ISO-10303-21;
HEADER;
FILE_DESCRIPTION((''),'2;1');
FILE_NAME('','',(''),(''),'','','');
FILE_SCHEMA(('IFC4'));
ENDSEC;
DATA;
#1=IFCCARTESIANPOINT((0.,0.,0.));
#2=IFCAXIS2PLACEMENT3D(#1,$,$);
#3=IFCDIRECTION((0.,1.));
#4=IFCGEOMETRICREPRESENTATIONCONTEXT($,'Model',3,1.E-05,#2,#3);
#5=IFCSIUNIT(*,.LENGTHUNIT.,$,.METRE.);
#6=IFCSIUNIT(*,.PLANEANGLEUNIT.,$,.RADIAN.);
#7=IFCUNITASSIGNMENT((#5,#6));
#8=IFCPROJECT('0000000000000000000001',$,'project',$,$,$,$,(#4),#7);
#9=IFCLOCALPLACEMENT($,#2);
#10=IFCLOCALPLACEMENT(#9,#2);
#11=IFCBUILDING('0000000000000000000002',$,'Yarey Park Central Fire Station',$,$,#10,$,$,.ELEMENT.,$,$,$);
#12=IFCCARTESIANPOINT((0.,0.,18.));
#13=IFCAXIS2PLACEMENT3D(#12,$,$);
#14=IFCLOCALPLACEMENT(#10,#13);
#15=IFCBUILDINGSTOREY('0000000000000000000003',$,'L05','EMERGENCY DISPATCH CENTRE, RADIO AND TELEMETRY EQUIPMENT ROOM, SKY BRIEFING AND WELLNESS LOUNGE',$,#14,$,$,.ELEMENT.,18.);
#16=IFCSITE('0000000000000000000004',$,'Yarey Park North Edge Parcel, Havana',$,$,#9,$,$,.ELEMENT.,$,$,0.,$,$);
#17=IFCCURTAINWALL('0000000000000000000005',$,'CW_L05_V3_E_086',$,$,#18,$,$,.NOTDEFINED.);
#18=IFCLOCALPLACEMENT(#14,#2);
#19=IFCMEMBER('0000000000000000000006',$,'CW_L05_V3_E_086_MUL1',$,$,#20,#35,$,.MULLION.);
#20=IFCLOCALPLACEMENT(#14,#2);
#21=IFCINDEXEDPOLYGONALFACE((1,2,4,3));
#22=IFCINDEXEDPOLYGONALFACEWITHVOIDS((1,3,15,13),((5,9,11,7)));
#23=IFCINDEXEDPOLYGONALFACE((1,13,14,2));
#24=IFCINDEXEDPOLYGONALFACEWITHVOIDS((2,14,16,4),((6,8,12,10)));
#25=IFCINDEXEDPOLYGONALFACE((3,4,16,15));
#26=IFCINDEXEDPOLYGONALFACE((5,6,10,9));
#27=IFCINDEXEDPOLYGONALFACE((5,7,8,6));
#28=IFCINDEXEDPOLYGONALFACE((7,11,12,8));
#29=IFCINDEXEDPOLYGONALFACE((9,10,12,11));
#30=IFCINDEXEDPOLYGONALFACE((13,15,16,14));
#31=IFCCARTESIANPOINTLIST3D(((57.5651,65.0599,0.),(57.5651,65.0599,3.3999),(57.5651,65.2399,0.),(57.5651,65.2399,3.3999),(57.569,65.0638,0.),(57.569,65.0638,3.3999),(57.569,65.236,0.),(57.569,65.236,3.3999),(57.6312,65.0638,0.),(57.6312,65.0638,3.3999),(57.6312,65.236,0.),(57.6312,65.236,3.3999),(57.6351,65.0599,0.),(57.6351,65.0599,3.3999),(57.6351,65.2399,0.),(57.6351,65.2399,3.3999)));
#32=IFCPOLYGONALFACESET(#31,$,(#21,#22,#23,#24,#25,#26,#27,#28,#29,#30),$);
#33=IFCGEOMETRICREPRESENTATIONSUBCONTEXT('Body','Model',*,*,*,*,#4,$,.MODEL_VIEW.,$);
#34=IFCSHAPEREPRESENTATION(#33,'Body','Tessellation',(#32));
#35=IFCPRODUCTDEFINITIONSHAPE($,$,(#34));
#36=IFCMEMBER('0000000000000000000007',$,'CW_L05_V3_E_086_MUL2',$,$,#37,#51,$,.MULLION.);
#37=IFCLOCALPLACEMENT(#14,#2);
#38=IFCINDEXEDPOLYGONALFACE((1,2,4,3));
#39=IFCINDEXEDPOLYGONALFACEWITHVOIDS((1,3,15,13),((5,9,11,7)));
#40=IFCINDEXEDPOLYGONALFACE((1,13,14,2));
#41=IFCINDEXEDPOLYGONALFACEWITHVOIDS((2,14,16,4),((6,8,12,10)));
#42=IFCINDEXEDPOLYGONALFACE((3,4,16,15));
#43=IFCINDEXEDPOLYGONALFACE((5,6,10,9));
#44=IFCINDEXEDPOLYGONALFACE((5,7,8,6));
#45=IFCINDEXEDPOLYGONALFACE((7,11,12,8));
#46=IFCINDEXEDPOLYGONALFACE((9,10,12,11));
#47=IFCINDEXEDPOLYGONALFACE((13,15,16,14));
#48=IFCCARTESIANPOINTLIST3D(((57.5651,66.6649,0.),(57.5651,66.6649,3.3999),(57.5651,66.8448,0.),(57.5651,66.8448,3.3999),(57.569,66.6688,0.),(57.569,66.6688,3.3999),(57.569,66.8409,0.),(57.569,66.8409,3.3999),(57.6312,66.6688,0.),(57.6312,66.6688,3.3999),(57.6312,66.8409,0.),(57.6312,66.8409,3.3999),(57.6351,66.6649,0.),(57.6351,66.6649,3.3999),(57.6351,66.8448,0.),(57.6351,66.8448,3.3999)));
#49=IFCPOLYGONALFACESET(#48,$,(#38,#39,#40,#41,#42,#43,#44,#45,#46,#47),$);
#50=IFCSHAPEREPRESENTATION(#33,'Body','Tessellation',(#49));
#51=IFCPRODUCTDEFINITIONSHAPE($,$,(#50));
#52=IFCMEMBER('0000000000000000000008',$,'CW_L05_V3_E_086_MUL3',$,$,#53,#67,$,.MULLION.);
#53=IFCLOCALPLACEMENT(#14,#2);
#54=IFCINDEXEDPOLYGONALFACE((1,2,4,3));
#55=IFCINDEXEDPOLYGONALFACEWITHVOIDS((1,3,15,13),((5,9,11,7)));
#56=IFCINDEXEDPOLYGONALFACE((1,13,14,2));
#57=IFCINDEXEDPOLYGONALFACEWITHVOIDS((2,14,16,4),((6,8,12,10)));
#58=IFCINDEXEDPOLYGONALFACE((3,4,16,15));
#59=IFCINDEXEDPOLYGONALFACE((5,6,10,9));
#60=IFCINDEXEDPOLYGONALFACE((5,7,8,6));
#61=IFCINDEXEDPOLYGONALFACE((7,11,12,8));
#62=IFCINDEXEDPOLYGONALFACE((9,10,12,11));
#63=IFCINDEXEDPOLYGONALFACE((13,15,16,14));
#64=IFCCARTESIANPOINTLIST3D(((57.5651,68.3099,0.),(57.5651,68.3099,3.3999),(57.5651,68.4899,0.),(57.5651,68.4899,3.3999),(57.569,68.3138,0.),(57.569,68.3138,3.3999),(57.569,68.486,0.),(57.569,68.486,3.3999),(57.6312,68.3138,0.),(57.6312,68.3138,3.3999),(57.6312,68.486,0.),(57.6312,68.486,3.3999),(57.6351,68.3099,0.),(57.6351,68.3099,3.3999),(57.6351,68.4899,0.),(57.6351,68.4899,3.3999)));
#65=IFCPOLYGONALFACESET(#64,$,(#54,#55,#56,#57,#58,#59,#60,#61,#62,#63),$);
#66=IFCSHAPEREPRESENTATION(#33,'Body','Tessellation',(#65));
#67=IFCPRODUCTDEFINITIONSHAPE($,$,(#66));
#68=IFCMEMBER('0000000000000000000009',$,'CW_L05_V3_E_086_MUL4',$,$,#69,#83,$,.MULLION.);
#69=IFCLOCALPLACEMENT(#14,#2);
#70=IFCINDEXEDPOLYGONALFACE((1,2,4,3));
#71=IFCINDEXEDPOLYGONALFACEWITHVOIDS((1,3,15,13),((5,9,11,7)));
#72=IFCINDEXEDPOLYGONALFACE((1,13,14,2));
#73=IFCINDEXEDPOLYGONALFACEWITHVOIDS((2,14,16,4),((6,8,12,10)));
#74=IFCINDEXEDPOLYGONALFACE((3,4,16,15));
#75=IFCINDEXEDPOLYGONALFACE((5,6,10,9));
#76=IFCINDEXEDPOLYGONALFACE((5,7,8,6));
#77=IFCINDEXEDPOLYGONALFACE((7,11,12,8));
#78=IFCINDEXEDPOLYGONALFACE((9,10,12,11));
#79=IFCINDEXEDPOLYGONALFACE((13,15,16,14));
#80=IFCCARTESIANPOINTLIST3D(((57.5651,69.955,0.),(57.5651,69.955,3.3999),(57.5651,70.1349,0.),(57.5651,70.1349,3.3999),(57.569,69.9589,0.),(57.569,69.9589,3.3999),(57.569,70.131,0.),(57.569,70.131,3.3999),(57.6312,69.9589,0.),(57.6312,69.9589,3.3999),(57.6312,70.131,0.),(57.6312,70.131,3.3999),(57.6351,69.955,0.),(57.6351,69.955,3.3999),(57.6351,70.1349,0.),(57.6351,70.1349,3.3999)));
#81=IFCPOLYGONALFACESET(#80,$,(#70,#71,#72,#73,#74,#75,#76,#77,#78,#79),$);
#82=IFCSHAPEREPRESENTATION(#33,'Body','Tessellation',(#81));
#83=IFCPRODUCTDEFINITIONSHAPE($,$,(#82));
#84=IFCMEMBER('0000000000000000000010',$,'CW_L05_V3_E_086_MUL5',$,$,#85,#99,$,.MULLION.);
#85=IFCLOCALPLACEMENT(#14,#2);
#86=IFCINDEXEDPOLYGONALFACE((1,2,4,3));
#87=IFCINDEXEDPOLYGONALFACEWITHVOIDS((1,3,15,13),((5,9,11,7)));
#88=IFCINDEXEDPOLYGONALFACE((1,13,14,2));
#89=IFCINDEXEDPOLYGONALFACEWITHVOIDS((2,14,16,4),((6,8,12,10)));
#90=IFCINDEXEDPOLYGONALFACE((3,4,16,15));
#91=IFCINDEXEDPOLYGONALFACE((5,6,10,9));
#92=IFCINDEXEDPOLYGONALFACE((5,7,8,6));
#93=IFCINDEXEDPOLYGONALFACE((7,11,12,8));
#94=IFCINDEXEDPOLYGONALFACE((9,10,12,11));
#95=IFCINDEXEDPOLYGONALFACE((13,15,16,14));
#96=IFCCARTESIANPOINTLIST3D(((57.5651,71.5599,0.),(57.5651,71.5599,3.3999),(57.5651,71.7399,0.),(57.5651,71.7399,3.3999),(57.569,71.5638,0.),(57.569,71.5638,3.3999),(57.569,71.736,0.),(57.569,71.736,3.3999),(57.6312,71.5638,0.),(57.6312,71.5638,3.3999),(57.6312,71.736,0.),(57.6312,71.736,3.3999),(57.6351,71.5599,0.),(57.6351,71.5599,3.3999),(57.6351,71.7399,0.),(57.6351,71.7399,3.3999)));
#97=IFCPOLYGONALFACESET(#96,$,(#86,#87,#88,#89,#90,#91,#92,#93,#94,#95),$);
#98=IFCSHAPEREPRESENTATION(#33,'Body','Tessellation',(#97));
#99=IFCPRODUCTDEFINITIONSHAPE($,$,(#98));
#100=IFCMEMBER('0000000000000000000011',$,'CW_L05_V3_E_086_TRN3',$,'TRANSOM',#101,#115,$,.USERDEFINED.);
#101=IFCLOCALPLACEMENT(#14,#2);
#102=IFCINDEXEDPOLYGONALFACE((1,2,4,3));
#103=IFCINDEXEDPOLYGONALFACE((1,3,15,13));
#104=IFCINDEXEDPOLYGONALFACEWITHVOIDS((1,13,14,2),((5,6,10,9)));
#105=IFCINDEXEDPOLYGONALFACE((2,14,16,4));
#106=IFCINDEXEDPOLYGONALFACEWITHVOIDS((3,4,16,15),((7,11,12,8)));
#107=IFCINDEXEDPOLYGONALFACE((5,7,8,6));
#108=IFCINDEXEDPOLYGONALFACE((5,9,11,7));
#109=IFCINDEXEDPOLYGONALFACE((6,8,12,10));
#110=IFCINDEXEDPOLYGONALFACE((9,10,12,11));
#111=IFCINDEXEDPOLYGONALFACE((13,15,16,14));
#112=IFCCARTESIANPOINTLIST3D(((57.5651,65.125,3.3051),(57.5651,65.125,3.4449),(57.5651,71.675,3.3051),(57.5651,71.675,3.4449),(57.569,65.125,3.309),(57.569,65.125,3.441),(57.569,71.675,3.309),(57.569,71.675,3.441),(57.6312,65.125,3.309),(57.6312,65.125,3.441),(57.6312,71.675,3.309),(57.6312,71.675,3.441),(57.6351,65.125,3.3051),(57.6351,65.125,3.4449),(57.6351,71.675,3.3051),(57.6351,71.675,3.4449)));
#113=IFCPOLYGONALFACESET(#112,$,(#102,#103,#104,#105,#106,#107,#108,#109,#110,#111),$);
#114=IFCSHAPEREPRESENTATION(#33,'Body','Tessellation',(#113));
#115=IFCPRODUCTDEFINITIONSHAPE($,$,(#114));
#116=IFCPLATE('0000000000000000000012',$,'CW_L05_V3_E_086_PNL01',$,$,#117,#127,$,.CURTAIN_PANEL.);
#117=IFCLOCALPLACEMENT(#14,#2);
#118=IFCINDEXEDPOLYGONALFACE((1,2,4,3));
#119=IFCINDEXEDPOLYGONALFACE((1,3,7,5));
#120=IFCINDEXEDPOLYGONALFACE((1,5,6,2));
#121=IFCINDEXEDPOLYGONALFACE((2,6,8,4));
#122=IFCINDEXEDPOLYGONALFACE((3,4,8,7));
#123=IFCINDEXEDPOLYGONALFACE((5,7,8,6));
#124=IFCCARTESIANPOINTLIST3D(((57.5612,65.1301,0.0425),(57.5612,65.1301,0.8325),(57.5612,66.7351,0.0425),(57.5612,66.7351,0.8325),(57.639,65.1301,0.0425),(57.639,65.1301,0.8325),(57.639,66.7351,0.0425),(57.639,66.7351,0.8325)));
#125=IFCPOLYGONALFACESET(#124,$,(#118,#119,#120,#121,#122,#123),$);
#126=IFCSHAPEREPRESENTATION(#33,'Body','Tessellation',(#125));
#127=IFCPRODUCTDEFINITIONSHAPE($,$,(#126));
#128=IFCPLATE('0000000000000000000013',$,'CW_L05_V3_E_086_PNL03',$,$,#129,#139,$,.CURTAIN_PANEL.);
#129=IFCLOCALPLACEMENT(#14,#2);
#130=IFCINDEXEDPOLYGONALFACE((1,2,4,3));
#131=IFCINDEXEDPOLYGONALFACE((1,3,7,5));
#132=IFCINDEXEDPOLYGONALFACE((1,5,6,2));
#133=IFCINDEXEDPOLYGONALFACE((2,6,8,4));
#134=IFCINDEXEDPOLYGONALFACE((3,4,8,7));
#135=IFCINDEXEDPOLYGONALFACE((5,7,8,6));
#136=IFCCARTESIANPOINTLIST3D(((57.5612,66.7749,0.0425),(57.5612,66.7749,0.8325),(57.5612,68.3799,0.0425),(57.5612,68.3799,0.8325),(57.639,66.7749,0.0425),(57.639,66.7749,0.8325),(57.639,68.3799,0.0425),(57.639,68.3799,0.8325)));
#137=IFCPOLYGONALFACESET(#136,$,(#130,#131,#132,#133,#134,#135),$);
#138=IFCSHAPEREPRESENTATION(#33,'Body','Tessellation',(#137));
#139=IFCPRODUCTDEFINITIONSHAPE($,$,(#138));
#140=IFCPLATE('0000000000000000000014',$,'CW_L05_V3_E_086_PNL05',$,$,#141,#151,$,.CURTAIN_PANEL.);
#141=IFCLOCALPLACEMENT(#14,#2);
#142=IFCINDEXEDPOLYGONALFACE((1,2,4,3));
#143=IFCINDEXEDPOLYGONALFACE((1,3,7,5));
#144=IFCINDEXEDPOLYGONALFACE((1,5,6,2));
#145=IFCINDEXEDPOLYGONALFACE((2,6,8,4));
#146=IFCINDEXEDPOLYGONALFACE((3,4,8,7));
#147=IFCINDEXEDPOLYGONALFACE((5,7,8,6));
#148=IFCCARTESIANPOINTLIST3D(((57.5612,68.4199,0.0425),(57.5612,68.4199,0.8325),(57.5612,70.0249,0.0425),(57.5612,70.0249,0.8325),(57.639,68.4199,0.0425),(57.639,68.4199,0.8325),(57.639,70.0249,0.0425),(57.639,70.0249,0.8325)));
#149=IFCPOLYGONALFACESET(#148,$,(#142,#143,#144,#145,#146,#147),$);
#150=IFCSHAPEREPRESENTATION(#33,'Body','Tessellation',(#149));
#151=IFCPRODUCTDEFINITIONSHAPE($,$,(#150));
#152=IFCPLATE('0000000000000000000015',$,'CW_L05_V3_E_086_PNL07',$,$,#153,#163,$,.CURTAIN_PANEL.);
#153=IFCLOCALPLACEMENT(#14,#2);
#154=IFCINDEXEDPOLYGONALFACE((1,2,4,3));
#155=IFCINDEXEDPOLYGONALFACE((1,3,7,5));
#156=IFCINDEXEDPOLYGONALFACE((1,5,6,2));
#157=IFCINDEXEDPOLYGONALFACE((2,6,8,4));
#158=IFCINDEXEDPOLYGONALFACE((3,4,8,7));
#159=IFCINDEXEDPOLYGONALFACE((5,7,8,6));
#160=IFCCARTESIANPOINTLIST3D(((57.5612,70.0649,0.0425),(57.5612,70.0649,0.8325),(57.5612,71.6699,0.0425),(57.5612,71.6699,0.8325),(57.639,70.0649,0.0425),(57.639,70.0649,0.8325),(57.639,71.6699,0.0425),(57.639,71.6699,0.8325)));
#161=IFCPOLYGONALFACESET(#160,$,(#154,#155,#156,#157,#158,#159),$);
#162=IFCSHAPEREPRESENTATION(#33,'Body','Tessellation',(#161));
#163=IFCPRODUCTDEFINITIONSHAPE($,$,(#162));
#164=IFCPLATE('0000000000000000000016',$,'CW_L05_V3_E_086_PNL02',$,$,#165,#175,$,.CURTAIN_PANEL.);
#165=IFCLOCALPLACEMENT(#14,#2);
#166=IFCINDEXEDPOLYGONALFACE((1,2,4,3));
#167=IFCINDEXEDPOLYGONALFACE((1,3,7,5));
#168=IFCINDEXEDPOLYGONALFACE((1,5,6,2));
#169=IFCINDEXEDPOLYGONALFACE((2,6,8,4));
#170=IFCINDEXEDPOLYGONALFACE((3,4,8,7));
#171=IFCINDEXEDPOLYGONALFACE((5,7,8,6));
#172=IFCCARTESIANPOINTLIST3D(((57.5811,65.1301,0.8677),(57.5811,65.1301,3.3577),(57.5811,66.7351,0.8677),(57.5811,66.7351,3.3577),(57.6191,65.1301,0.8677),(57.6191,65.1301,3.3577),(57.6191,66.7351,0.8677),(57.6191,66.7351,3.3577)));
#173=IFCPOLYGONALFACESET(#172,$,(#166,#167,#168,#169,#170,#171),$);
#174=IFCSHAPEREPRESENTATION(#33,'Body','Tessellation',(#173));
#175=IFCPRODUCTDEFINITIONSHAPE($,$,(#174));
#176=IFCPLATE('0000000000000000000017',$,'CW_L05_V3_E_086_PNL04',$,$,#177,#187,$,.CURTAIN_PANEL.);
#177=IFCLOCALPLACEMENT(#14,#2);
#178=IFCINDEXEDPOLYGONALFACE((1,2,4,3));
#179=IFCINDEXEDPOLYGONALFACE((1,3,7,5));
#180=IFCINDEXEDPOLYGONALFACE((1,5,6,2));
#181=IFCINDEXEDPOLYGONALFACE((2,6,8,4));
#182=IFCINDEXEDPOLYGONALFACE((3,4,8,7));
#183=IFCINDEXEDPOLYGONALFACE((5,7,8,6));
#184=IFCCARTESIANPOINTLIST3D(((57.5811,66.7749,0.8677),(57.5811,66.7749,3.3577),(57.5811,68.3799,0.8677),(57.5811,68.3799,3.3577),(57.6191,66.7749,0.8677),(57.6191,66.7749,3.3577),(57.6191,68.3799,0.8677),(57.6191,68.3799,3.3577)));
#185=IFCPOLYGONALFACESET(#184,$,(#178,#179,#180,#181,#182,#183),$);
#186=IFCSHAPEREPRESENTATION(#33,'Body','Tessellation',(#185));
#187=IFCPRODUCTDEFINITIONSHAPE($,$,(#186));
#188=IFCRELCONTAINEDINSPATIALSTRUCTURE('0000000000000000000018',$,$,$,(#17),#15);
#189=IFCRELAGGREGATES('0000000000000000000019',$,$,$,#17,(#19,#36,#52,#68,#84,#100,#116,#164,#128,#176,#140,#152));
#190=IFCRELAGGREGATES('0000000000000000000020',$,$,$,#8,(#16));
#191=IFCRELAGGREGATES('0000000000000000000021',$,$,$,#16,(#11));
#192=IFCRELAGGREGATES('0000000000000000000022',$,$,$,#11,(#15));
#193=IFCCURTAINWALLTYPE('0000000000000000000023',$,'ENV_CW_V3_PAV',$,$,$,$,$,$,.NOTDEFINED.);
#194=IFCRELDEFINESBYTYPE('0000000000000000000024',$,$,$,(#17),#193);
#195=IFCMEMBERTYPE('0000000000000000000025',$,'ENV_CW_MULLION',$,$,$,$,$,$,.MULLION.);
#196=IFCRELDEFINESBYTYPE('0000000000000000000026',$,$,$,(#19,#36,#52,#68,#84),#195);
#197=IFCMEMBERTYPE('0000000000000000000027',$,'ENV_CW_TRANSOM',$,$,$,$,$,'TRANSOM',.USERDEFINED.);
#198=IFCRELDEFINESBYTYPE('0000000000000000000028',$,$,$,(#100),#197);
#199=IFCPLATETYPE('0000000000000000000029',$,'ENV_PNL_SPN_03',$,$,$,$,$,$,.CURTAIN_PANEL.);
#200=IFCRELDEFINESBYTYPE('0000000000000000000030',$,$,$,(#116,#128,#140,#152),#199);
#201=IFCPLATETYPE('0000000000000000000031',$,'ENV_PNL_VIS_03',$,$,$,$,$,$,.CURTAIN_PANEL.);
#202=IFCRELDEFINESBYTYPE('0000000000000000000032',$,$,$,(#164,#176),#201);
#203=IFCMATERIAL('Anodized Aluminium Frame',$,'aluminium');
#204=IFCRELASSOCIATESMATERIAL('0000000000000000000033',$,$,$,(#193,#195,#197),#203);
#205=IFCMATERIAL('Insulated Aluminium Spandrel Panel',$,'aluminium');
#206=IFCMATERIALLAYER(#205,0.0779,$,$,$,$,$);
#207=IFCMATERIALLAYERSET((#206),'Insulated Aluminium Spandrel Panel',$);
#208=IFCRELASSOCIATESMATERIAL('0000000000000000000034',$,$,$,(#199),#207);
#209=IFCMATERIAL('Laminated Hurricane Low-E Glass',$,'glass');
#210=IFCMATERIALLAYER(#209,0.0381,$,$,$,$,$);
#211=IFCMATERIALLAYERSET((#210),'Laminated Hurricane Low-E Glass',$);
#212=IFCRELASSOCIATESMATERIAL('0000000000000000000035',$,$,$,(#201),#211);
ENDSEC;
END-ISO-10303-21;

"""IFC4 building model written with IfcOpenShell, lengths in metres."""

from ifc_helpers import new_model, si_unit, direction, frame, origin, origin_2d, place, context, subcontext, project, spatial, rectangle, hollow_rectangle, extrude, material, layer, layer_set, material_profile, profile_set, type_object, element, aggregate, save


model = new_model("IFC4")

# Units and contexts
model_context = context("Model", 3, precision=1e-05, world=origin(), true_north=direction((0.0, 1.0)))
body_context = subcontext(model_context, "Body", "Model", "MODEL_VIEW")
ifc_project = project(units=[si_unit("LENGTHUNIT", "METRE"), si_unit("PLANEANGLEUNIT", "RADIAN")], contexts=[model_context])

# Site, building, storey
site_placement = place(None, origin())
site = spatial("IfcSite", under=ifc_project, at=site_placement, Name="Yarey Park North Edge Parcel, Havana", CompositionType="ELEMENT", RefElevation=0.0)
building_placement = place(site_placement, origin())
building = spatial("IfcBuilding", under=site, at=building_placement, Name="Yarey Park Central Fire Station", CompositionType="ELEMENT")
storey_placement = place(building_placement, frame((0.0, 0.0, 18.0)))
storey = spatial("IfcBuildingStorey", under=building, at=storey_placement, Name="L05", Description="EMERGENCY DISPATCH CENTRE, RADIO AND TELEMETRY EQUIPMENT ROOM, SKY BRIEFING AND WELLNESS LOUNGE", CompositionType="ELEMENT", Elevation=18.0)

# Curtain wall, members, plates
ifc_material_1 = material(Name="Anodized Aluminium Frame", Category="aluminium")
curtain_wall_type = type_object("IfcCurtainWallType", Name="ENV_CW_V3_PAV", PredefinedType="NOTDEFINED", material=ifc_material_1)
curtain_wall_placement = place(storey_placement, origin())
curtain_wall = element("IfcCurtainWall", 1, at=curtain_wall_placement, inside=storey, type_object=curtain_wall_type, Name="CW_L05_V3_E_086", PredefinedType="NOTDEFINED")
ifc_material_profile_1 = material_profile(ifc_material_1, hollow_rectangle(XDim=0.0701, YDim=0.1799, WallThickness=0.0039, at=origin_2d()), Name="ALU 180x70x4")
ifc_profile_set_1 = profile_set([ifc_material_profile_1], Name="Anodized Aluminium Frame")
member_type_1 = type_object("IfcMemberType", Name="ENV_CW_MULLION", PredefinedType="MULLION", material=ifc_profile_set_1)
member_1_placement = place(storey_placement, frame((57.6001, 65.1499, 0.0), z_axis=(0.0, 0.0, 1.0), x_axis=(1.0, 0.0, 0.0)))
member_1 = element("IfcMember", 2, at=member_1_placement, type_object=member_type_1, Name="CW_L05_V3_E_086_MUL1", PredefinedType="MULLION", context=body_context, shape_type="SweptSolid", body=[
    extrude(hollow_rectangle(XDim=0.0701, YDim=0.1799, WallThickness=0.0039, at=origin_2d()), origin(), (0.0, 0.0, 1.0), 3.3999),
])
member_2_placement = place(storey_placement, frame((57.6001, 66.7549, 0.0), z_axis=(0.0, 0.0, 1.0), x_axis=(1.0, 0.0, 0.0)))
member_2 = element("IfcMember", 3, at=member_2_placement, type_object=member_type_1, Name="CW_L05_V3_E_086_MUL2", PredefinedType="MULLION", context=body_context, shape_type="SweptSolid", body=[
    extrude(hollow_rectangle(XDim=0.0701, YDim=0.1799, WallThickness=0.0039, at=origin_2d()), origin(), (0.0, 0.0, 1.0), 3.3999),
])
member_3_placement = place(storey_placement, frame((57.6001, 68.3999, 0.0), z_axis=(0.0, 0.0, 1.0), x_axis=(1.0, 0.0, 0.0)))
member_3 = element("IfcMember", 4, at=member_3_placement, type_object=member_type_1, Name="CW_L05_V3_E_086_MUL3", PredefinedType="MULLION", context=body_context, shape_type="SweptSolid", body=[
    extrude(hollow_rectangle(XDim=0.0701, YDim=0.1799, WallThickness=0.0039, at=origin_2d()), origin(), (0.0, 0.0, 1.0), 3.3999),
])
member_4_placement = place(storey_placement, frame((57.6001, 70.0449, 0.0), z_axis=(0.0, 0.0, 1.0), x_axis=(1.0, 0.0, 0.0)))
member_4 = element("IfcMember", 5, at=member_4_placement, type_object=member_type_1, Name="CW_L05_V3_E_086_MUL4", PredefinedType="MULLION", context=body_context, shape_type="SweptSolid", body=[
    extrude(hollow_rectangle(XDim=0.0701, YDim=0.1799, WallThickness=0.0039, at=origin_2d()), origin(), (0.0, 0.0, 1.0), 3.3999),
])
member_5_placement = place(storey_placement, frame((57.6001, 71.6499, 0.0), z_axis=(0.0, 0.0, 1.0), x_axis=(1.0, 0.0, 0.0)))
member_5 = element("IfcMember", 6, at=member_5_placement, type_object=member_type_1, Name="CW_L05_V3_E_086_MUL5", PredefinedType="MULLION", context=body_context, shape_type="SweptSolid", body=[
    extrude(hollow_rectangle(XDim=0.0701, YDim=0.1799, WallThickness=0.0039, at=origin_2d()), origin(), (0.0, 0.0, 1.0), 3.3999),
])
ifc_material_profile_2 = material_profile(ifc_material_1, hollow_rectangle(XDim=0.0701, YDim=0.1399, WallThickness=0.0039, at=origin_2d()), Name="ALU 140x70x4")
ifc_profile_set_2 = profile_set([ifc_material_profile_2], Name="Anodized Aluminium Frame")
member_type_2 = type_object("IfcMemberType", Name="ENV_CW_TRANSOM", ElementType="TRANSOM", PredefinedType="USERDEFINED", material=ifc_profile_set_2)
member_6_placement = place(storey_placement, frame((57.6001, 65.125, 3.375), z_axis=(0.0, 1.0, 0.0), x_axis=(-1.0, 0.0, 0.0)))
member_6 = element("IfcMember", 7, at=member_6_placement, type_object=member_type_2, Name="CW_L05_V3_E_086_TRN3", ObjectType="TRANSOM", PredefinedType="USERDEFINED", context=body_context, shape_type="SweptSolid", body=[
    extrude(hollow_rectangle(XDim=0.0701, YDim=0.1399, WallThickness=0.0039, at=origin_2d()), origin(), (0.0, 0.0, 1.0), 6.55),
])
ifc_material_2 = material(Name="Insulated Aluminium Spandrel Panel", Category="aluminium")
ifc_layer_1 = layer(ifc_material_2, 0.0779)
ifc_layer_set_1 = layer_set([ifc_layer_1], Name="Insulated Aluminium Spandrel Panel")
plate_type_1 = type_object("IfcPlateType", Name="ENV_PNL_SPN_03", PredefinedType="CURTAIN_PANEL", material=ifc_layer_set_1)
plate_1_placement = place(storey_placement, frame((57.6001, 65.9326, 0.0425), z_axis=(0.0, 0.0, 1.0), x_axis=(0.0, 1.0, 0.0)))
plate_1 = element("IfcPlate", 8, at=plate_1_placement, type_object=plate_type_1, Name="CW_L05_V3_E_086_PNL01", PredefinedType="CURTAIN_PANEL", context=body_context, shape_type="SweptSolid", body=[
    extrude(rectangle(XDim=1.605, YDim=0.0779, at=origin_2d()), origin(), (0.0, 0.0, 1.0), 0.79),
])
plate_2_placement = place(storey_placement, frame((57.6001, 67.5774, 0.0425), z_axis=(0.0, 0.0, 1.0), x_axis=(0.0, 1.0, 0.0)))
plate_2 = element("IfcPlate", 9, at=plate_2_placement, type_object=plate_type_1, Name="CW_L05_V3_E_086_PNL03", PredefinedType="CURTAIN_PANEL", context=body_context, shape_type="SweptSolid", body=[
    extrude(rectangle(XDim=1.605, YDim=0.0779, at=origin_2d()), origin(), (0.0, 0.0, 1.0), 0.79),
])
plate_3_placement = place(storey_placement, frame((57.6001, 69.2224, 0.0425), z_axis=(0.0, 0.0, 1.0), x_axis=(0.0, 1.0, 0.0)))
plate_3 = element("IfcPlate", 10, at=plate_3_placement, type_object=plate_type_1, Name="CW_L05_V3_E_086_PNL05", PredefinedType="CURTAIN_PANEL", context=body_context, shape_type="SweptSolid", body=[
    extrude(rectangle(XDim=1.605, YDim=0.0779, at=origin_2d()), origin(), (0.0, 0.0, 1.0), 0.79),
])
plate_4_placement = place(storey_placement, frame((57.6001, 70.8674, 0.0425), z_axis=(0.0, 0.0, 1.0), x_axis=(0.0, 1.0, 0.0)))
plate_4 = element("IfcPlate", 11, at=plate_4_placement, type_object=plate_type_1, Name="CW_L05_V3_E_086_PNL07", PredefinedType="CURTAIN_PANEL", context=body_context, shape_type="SweptSolid", body=[
    extrude(rectangle(XDim=1.605, YDim=0.0779, at=origin_2d()), origin(), (0.0, 0.0, 1.0), 0.79),
])
ifc_material_3 = material(Name="Laminated Hurricane Low-E Glass", Category="glass")
ifc_layer_2 = layer(ifc_material_3, 0.0381)
ifc_layer_set_2 = layer_set([ifc_layer_2], Name="Laminated Hurricane Low-E Glass")
plate_type_2 = type_object("IfcPlateType", Name="ENV_PNL_VIS_03", PredefinedType="CURTAIN_PANEL", material=ifc_layer_set_2)
plate_5_placement = place(storey_placement, frame((57.6001, 65.9326, 0.8677), z_axis=(0.0, 0.0, 1.0), x_axis=(0.0, 1.0, 0.0)))
plate_5 = element("IfcPlate", 12, at=plate_5_placement, type_object=plate_type_2, Name="CW_L05_V3_E_086_PNL02", PredefinedType="CURTAIN_PANEL", context=body_context, shape_type="SweptSolid", body=[
    extrude(rectangle(XDim=1.605, YDim=0.0381, at=origin_2d()), origin(), (0.0, 0.0, 1.0), 2.49),
])
plate_6_placement = place(storey_placement, frame((57.6001, 67.5774, 0.8677), z_axis=(0.0, 0.0, 1.0), x_axis=(0.0, 1.0, 0.0)))
plate_6 = element("IfcPlate", 13, at=plate_6_placement, type_object=plate_type_2, Name="CW_L05_V3_E_086_PNL04", PredefinedType="CURTAIN_PANEL", context=body_context, shape_type="SweptSolid", body=[
    extrude(rectangle(XDim=1.605, YDim=0.0381, at=origin_2d()), origin(), (0.0, 0.0, 1.0), 2.49),
])
aggregate(curtain_wall, [member_1, member_2, member_3, member_4, member_5, member_6, plate_1, plate_5, plate_2, plate_6, plate_3, plate_4])

save(model, "model.ifc")
